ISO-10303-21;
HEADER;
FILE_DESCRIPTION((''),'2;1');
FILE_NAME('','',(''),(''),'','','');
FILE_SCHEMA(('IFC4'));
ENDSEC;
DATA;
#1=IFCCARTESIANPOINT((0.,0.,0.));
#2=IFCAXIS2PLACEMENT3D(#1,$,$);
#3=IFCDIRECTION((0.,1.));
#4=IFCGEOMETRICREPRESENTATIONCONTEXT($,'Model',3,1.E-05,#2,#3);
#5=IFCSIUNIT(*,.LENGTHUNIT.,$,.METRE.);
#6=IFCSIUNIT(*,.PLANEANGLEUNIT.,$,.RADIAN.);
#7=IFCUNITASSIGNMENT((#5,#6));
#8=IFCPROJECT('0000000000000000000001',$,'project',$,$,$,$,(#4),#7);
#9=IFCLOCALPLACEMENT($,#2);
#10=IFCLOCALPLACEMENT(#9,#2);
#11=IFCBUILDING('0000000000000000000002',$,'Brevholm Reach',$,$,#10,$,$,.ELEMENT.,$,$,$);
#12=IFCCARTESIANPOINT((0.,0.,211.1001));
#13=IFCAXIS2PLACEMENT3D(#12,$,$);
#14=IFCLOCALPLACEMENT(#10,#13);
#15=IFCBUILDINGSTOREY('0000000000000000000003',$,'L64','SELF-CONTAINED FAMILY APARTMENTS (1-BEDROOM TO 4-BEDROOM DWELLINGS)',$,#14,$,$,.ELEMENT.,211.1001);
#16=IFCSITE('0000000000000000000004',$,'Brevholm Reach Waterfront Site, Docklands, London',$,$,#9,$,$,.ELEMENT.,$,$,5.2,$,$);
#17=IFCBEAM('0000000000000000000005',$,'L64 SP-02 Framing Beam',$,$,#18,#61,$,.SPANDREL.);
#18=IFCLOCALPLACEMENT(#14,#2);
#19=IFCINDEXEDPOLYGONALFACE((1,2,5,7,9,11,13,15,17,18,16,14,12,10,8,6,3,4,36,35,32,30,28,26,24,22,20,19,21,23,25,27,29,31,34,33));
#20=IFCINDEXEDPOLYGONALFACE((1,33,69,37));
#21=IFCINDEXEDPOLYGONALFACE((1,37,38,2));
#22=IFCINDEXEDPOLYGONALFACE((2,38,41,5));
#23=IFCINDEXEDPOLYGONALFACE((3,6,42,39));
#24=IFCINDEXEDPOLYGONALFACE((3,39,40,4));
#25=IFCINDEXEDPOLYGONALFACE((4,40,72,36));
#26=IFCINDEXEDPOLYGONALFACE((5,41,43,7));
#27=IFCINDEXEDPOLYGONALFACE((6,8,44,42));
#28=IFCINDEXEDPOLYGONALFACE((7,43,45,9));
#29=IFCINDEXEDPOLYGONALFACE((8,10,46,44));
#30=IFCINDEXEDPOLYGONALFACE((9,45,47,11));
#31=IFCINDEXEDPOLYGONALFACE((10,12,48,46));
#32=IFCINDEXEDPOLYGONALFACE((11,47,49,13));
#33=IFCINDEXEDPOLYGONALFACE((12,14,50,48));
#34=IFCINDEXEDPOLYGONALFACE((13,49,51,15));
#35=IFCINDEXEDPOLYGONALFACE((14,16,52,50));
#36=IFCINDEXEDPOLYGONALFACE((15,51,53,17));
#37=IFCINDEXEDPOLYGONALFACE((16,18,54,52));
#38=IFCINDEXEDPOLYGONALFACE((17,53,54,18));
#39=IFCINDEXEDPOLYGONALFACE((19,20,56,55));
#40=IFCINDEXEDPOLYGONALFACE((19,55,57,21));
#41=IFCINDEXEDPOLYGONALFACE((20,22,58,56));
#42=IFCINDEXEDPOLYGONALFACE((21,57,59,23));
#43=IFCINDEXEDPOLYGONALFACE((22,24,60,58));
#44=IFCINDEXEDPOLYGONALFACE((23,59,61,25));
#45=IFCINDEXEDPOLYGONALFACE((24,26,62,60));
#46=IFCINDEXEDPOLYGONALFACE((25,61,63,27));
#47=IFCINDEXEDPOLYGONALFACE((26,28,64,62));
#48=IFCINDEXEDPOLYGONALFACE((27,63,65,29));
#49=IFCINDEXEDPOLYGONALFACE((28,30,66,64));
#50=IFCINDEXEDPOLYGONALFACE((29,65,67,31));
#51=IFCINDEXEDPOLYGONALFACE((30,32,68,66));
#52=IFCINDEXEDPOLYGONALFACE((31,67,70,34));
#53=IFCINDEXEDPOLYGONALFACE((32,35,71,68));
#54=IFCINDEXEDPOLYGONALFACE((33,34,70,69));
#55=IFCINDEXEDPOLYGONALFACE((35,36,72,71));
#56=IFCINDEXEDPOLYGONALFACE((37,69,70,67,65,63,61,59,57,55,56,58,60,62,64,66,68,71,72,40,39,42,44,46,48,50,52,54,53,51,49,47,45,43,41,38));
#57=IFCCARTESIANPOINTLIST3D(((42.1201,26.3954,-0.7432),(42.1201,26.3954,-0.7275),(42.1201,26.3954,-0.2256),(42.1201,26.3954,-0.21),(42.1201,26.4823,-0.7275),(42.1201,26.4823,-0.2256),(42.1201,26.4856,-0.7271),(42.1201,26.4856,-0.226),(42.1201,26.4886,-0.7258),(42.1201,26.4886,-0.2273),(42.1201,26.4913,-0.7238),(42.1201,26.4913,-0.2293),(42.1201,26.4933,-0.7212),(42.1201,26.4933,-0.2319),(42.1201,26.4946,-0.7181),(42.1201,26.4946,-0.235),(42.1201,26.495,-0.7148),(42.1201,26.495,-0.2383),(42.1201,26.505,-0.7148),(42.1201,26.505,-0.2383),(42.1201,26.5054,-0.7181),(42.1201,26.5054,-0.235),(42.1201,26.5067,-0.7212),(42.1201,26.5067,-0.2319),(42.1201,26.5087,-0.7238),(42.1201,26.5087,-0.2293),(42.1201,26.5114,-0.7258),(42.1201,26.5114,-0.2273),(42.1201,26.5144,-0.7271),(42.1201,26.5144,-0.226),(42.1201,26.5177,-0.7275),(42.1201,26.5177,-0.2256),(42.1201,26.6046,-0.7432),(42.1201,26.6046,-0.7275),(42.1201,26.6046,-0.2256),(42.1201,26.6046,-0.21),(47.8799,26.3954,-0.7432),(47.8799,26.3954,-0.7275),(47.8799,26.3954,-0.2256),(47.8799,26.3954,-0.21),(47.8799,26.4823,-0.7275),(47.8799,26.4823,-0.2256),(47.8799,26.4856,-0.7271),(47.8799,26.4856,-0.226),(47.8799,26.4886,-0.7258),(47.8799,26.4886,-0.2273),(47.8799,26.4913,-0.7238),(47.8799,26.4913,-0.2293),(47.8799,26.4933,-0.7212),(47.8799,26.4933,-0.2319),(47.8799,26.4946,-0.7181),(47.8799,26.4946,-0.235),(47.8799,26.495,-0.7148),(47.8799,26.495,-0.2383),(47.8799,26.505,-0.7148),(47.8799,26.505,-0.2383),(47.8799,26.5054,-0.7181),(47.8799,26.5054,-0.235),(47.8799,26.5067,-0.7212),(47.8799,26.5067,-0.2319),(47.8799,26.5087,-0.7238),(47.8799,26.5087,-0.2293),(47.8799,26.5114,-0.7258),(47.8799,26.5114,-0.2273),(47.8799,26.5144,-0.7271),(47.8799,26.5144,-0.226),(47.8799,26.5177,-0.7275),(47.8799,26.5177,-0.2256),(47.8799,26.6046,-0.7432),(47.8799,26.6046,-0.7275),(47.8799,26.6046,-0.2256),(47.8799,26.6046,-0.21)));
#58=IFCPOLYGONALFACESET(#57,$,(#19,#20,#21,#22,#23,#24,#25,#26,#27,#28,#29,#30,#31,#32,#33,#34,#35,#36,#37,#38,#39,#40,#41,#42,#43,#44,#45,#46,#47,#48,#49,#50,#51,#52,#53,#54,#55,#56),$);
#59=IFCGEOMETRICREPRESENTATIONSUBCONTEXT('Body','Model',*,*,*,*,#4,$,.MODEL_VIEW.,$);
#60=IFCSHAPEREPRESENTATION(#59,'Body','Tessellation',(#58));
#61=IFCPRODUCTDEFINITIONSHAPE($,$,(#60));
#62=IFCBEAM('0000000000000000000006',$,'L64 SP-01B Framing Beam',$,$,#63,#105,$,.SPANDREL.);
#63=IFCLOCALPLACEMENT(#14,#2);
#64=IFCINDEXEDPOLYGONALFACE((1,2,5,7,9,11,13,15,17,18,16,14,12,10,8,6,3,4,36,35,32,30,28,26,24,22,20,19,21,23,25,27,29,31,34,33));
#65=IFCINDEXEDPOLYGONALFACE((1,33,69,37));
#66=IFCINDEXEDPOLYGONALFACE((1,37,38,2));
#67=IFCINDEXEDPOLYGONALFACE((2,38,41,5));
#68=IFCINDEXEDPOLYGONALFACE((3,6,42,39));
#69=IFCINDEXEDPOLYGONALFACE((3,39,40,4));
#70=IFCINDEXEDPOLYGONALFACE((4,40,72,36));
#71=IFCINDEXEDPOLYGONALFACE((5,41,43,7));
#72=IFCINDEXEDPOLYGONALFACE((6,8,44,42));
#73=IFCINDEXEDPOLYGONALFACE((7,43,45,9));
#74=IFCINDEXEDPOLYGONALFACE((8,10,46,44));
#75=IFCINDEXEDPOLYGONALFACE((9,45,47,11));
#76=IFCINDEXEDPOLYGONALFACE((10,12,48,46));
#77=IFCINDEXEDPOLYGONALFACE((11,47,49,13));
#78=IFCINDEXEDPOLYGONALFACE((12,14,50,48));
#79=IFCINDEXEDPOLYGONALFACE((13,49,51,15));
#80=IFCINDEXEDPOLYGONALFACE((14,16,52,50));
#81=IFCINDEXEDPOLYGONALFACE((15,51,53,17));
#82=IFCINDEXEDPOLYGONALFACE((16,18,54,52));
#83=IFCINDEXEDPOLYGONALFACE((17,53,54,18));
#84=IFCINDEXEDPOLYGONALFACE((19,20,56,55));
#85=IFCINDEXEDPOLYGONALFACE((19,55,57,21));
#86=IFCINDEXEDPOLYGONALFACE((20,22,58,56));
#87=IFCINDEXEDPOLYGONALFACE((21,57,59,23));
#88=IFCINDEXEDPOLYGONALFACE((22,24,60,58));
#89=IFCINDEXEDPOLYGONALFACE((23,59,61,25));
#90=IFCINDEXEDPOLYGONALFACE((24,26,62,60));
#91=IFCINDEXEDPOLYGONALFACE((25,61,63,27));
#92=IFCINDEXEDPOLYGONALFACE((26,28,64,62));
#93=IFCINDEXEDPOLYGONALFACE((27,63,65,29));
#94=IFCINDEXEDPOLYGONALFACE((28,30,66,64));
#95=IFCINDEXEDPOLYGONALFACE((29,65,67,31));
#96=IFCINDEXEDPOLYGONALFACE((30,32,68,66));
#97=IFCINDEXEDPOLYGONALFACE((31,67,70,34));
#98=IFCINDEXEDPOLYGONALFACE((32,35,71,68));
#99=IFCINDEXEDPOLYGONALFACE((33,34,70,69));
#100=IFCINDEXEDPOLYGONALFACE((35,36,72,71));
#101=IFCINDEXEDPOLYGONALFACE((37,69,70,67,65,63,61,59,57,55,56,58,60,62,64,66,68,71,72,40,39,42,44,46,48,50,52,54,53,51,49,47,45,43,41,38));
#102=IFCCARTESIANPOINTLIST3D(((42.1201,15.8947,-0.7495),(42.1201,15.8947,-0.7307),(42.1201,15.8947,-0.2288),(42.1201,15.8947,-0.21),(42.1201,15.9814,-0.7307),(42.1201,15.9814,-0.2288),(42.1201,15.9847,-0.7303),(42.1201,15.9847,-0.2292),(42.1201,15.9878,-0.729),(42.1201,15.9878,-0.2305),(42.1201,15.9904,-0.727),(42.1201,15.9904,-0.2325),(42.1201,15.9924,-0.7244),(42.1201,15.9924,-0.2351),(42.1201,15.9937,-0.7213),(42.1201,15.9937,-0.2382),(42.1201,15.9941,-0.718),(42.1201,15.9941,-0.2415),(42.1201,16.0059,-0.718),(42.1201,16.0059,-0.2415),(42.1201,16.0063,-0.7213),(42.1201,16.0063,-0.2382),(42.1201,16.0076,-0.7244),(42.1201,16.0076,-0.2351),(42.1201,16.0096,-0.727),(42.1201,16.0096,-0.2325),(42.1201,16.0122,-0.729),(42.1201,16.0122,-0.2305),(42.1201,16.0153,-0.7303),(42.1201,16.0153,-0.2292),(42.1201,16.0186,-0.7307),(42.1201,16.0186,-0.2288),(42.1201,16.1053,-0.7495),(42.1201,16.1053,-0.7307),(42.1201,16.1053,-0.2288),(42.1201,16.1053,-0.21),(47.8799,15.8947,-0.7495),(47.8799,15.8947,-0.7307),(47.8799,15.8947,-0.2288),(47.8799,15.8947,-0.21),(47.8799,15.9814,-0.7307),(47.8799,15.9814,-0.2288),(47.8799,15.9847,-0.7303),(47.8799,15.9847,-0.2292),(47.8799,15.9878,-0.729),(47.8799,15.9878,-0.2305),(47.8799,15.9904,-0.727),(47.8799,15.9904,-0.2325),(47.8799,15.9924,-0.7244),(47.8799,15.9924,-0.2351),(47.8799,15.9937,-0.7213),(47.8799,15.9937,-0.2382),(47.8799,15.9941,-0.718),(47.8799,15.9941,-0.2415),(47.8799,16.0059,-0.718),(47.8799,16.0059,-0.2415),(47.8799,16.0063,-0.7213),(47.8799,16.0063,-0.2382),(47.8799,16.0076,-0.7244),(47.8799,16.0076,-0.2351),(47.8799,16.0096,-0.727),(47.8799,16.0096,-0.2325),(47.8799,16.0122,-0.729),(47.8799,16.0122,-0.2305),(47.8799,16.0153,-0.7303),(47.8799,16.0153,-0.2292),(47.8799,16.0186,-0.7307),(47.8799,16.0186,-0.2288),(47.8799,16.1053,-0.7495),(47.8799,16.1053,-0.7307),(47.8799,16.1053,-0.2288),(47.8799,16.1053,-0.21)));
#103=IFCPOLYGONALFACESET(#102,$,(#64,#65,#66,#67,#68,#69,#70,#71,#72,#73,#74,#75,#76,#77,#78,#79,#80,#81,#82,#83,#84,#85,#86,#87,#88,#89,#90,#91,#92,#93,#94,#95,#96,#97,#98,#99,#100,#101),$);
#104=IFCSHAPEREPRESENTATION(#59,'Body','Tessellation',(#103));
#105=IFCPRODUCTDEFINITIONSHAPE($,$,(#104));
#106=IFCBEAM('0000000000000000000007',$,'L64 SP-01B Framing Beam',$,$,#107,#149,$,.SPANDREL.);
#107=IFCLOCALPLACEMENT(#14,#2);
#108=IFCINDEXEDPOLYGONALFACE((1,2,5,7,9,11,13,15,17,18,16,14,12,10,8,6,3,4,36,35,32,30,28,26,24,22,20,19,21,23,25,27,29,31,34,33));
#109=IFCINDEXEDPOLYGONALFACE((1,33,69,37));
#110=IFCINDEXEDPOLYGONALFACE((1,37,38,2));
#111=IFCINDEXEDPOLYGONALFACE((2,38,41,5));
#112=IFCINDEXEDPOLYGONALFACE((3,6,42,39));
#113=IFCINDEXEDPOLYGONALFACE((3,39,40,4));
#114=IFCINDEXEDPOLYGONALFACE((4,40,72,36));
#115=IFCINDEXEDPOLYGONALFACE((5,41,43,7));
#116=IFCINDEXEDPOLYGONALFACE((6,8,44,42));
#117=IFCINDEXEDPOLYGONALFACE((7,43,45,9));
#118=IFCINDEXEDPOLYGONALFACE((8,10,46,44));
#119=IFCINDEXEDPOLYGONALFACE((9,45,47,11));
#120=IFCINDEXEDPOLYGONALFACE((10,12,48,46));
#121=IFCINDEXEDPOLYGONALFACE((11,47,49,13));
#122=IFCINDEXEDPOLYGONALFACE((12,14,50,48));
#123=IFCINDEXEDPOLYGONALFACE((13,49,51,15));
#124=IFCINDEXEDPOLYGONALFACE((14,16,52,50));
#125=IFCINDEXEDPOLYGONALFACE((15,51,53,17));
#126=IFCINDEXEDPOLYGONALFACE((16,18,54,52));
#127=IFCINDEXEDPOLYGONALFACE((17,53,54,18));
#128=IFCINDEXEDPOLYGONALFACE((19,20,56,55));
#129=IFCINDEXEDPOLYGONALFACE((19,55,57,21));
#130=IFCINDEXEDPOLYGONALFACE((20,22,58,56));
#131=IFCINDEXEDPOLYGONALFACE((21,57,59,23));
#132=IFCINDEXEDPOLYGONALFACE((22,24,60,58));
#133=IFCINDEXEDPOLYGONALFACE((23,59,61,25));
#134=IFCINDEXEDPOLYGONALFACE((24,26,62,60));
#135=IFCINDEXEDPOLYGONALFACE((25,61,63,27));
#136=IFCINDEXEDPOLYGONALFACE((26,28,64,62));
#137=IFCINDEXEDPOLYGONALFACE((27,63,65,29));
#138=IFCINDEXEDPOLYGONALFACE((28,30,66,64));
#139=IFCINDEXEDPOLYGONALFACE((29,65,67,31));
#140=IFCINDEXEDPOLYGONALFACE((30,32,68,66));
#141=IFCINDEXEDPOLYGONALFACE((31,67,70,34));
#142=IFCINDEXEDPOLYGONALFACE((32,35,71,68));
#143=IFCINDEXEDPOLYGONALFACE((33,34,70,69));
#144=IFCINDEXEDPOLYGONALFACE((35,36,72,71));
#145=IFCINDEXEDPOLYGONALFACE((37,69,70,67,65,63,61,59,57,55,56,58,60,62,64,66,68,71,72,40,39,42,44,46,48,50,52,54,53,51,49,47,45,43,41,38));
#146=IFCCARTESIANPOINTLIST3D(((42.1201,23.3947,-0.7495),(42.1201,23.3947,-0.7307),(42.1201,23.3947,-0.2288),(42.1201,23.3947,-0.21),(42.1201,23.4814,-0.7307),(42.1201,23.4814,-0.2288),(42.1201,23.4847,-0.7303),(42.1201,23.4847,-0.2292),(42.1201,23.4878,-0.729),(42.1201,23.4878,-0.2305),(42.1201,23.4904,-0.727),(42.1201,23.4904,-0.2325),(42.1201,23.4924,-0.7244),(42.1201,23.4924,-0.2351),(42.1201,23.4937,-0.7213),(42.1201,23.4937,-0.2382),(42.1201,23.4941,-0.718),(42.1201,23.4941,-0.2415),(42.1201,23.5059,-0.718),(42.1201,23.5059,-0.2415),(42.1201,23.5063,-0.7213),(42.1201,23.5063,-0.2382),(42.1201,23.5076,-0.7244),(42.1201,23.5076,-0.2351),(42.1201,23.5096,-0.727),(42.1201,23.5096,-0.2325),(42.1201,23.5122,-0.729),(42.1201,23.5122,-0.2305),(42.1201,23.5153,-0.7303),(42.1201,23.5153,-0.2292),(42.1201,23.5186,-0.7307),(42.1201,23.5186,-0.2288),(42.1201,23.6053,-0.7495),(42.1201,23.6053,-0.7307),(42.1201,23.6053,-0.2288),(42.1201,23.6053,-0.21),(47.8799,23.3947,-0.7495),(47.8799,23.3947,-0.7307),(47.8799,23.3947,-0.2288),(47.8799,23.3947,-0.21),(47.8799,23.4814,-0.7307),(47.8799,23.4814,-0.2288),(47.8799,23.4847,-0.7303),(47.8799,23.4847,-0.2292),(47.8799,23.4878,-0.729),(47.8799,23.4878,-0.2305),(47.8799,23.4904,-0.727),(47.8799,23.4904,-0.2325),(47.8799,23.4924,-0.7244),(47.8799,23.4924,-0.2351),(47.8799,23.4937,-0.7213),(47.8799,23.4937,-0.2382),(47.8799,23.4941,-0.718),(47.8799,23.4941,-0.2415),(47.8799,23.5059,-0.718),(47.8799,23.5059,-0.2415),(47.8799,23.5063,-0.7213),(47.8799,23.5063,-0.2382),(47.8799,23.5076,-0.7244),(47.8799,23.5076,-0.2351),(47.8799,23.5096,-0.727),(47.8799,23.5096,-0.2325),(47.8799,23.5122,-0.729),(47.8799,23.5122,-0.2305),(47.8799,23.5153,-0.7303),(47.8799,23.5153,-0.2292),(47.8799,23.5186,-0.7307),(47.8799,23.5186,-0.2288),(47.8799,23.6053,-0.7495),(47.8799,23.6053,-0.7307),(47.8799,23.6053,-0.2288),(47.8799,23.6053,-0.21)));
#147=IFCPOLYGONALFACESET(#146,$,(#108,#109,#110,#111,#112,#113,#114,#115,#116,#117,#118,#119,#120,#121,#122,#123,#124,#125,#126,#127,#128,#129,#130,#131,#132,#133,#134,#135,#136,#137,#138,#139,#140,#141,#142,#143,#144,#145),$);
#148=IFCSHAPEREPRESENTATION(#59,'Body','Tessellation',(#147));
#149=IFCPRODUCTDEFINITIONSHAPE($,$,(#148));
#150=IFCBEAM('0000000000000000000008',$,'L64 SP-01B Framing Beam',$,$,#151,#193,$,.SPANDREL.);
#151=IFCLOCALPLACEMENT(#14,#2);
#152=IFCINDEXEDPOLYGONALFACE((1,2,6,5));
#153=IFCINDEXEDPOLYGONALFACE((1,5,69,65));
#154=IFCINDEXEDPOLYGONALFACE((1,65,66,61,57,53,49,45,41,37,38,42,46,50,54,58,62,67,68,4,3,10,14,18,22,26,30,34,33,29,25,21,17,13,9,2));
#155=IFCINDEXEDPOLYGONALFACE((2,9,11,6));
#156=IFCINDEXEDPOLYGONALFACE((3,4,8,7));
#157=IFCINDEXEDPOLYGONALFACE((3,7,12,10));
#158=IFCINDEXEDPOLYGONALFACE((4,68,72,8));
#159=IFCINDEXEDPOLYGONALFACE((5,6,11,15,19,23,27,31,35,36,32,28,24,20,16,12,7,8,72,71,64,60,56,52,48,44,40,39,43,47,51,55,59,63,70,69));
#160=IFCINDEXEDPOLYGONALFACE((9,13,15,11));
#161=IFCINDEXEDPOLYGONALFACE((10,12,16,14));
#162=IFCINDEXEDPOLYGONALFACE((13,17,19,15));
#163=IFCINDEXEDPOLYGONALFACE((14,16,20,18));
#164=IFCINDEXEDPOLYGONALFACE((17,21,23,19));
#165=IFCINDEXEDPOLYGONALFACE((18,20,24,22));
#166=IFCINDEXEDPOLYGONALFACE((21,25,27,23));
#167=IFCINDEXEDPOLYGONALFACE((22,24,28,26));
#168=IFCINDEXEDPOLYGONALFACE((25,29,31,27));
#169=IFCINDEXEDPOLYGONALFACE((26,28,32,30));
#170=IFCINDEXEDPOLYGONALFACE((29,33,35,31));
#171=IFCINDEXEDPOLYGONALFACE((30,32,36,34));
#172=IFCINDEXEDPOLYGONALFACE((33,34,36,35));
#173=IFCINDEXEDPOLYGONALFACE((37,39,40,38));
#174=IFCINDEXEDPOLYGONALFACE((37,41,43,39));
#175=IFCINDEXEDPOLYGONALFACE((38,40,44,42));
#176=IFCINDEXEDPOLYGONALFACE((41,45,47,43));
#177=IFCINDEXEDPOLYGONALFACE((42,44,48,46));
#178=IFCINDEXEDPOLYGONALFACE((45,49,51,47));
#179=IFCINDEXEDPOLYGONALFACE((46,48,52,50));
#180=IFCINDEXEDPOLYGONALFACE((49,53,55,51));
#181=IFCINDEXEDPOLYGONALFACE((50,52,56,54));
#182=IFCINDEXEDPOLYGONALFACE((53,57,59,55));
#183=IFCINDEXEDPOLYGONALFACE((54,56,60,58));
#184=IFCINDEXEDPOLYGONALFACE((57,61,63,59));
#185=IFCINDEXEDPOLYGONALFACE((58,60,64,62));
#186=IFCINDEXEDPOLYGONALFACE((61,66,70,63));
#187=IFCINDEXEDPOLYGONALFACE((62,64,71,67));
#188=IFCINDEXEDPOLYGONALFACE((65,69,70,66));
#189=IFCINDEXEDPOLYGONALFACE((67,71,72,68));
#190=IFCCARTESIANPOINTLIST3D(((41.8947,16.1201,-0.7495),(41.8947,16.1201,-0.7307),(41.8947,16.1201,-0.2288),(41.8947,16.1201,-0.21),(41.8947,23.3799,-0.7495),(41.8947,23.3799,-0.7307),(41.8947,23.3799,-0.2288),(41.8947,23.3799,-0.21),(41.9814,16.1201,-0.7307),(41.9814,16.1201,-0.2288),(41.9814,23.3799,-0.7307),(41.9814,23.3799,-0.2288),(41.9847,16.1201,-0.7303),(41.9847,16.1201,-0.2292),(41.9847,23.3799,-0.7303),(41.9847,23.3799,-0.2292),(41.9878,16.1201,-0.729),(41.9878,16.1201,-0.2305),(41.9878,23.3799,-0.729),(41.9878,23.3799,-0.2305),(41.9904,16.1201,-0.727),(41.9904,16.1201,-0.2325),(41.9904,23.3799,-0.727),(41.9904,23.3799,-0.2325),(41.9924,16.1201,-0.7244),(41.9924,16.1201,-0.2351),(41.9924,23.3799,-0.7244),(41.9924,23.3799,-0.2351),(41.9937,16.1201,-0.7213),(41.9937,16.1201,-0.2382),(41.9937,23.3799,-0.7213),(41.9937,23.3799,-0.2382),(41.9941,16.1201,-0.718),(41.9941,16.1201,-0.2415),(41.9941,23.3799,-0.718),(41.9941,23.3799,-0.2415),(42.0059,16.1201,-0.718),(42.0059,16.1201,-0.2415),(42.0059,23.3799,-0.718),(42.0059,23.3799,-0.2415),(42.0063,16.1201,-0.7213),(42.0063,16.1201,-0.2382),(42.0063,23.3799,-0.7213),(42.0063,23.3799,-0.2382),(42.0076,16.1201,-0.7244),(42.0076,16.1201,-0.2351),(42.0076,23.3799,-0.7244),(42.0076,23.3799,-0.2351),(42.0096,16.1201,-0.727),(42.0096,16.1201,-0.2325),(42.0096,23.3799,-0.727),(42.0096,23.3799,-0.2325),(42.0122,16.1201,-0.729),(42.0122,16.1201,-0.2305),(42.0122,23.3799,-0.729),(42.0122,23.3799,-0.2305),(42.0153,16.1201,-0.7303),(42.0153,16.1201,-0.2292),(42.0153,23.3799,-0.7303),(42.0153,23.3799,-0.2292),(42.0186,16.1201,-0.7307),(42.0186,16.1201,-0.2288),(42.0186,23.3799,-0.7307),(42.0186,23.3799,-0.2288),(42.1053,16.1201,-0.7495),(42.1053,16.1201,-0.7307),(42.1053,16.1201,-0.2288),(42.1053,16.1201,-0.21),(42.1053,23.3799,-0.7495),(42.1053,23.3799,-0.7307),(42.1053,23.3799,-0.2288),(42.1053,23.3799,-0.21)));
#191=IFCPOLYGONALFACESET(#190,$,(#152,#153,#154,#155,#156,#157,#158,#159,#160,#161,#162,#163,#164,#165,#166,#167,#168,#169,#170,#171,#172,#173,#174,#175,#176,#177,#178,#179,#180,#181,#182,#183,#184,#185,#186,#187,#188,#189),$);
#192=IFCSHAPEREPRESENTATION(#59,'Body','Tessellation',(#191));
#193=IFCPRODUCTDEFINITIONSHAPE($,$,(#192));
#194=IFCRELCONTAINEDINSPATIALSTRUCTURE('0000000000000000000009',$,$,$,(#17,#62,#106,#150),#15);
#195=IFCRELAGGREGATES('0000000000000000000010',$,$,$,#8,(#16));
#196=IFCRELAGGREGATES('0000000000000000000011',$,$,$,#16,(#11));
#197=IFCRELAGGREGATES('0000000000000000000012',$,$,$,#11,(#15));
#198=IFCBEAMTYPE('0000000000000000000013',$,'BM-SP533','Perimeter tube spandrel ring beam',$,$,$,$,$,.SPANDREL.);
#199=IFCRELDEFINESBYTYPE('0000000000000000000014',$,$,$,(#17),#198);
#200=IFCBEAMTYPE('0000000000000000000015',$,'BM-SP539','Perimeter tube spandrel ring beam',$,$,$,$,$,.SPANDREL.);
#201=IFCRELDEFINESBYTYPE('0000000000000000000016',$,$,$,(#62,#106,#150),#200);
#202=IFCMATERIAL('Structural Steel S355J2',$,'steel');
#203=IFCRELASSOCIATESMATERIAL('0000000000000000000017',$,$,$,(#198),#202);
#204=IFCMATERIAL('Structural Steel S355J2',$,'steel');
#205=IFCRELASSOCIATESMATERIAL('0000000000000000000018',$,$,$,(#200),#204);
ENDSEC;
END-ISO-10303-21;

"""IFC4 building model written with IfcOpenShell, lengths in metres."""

from ifc_helpers import new_model, si_unit, direction, frame, origin, origin_2d, place, context, subcontext, project, spatial, i_section, extrude, material, material_profile, profile_set, type_object, element, save


model = new_model("IFC4")

# Units and contexts
model_context = context("Model", 3, precision=1e-05, world=origin(), true_north=direction((0.0, 1.0)))
body_context = subcontext(model_context, "Body", "Model", "MODEL_VIEW")
ifc_project = project(units=[si_unit("LENGTHUNIT", "METRE"), si_unit("PLANEANGLEUNIT", "RADIAN")], contexts=[model_context])

# Site, building, storey
site_placement = place(None, origin())
site = spatial("IfcSite", under=ifc_project, at=site_placement, Name="Brevholm Reach Waterfront Site, Docklands, London", CompositionType="ELEMENT", RefElevation=5.2)
building_placement = place(site_placement, origin())
building = spatial("IfcBuilding", under=site, at=building_placement, Name="Brevholm Reach", CompositionType="ELEMENT")
storey_placement = place(building_placement, frame((0.0, 0.0, 211.1001)))
storey = spatial("IfcBuildingStorey", under=building, at=storey_placement, Name="L64", Description="SELF-CONTAINED FAMILY APARTMENTS (1-BEDROOM TO 4-BEDROOM DWELLINGS)", CompositionType="ELEMENT", Elevation=211.1001)

# Beams
ifc_material_1 = material(Name="Structural Steel S355J2", Category="steel")
ifc_material_profile_1 = material_profile(ifc_material_1, i_section(OverallWidth=0.2092, OverallDepth=0.5332, WebThickness=0.01, FlangeThickness=0.0156, FilletRadius=0.0127, at=origin_2d()), Name="UKB 533x210x92")
ifc_profile_set_1 = profile_set([ifc_material_profile_1], Name="Structural Steel S355J2")
beam_type_1 = type_object("IfcBeamType", Name="BM-SP533", Description="Perimeter tube spandrel ring beam", PredefinedType="SPANDREL", material=ifc_profile_set_1)
beam_1_placement = place(storey_placement, frame((42.1201, 26.5, -0.4766), z_axis=(1.0, 0.0, 0.0), x_axis=(0.0, 1.0, 0.0)))
element("IfcBeam", 1, at=beam_1_placement, inside=storey, type_object=beam_type_1, Name="L64 SP-02 Framing Beam", PredefinedType="SPANDREL", context=body_context, shape_type="SweptSolid", body=[
    extrude(i_section(OverallWidth=0.2092, OverallDepth=0.5332, WebThickness=0.01, FlangeThickness=0.0156, FilletRadius=0.0127, at=origin_2d()), origin(), (0.0, 0.0, 1.0), 5.7598),
])
ifc_material_2 = material(Name="Structural Steel S355J2", Category="steel")
ifc_material_profile_2 = material_profile(ifc_material_2, i_section(OverallWidth=0.2107, OverallDepth=0.5396, WebThickness=0.0117, FlangeThickness=0.0188, FilletRadius=0.0127, at=origin_2d()), Name="UKB 533x210x109")
ifc_profile_set_2 = profile_set([ifc_material_profile_2], Name="Structural Steel S355J2")
beam_type_2 = type_object("IfcBeamType", Name="BM-SP539", Description="Perimeter tube spandrel ring beam", PredefinedType="SPANDREL", material=ifc_profile_set_2)
for number, where, z_axis, x_axis, name in (
    (2, (42.1201, 16.0, -0.4797), (1.0, 0.0, 0.0), (0.0, 1.0, 0.0), "L64 SP-01B Framing Beam"),
    (3, (42.1201, 23.5, -0.4797), (1.0, 0.0, 0.0), (0.0, 1.0, 0.0), "L64 SP-01B Framing Beam"),
):
    element("IfcBeam", number, at=place(storey_placement, frame(where, z_axis=z_axis, x_axis=x_axis)), inside=storey, type_object=beam_type_2, Name=name, PredefinedType="SPANDREL", context=body_context, shape_type="SweptSolid", body=[
        extrude(i_section(OverallWidth=0.2107, OverallDepth=0.5396, WebThickness=0.0117, FlangeThickness=0.0188, FilletRadius=0.0127, at=origin_2d()), origin(), (0.0, 0.0, 1.0), 5.7598),
    ])
beam_2_placement = place(storey_placement, frame((42.0, 16.1201, -0.4797), z_axis=(0.0, 1.0, 0.0), x_axis=(-1.0, 0.0, 0.0)))
element("IfcBeam", 4, at=beam_2_placement, inside=storey, type_object=beam_type_2, Name="L64 SP-01B Framing Beam", PredefinedType="SPANDREL", context=body_context, shape_type="SweptSolid", body=[
    extrude(i_section(OverallWidth=0.2107, OverallDepth=0.5396, WebThickness=0.0117, FlangeThickness=0.0188, FilletRadius=0.0127, at=origin_2d()), origin(), (0.0, 0.0, 1.0), 7.2598),
])

save(model, "model.ifc")
